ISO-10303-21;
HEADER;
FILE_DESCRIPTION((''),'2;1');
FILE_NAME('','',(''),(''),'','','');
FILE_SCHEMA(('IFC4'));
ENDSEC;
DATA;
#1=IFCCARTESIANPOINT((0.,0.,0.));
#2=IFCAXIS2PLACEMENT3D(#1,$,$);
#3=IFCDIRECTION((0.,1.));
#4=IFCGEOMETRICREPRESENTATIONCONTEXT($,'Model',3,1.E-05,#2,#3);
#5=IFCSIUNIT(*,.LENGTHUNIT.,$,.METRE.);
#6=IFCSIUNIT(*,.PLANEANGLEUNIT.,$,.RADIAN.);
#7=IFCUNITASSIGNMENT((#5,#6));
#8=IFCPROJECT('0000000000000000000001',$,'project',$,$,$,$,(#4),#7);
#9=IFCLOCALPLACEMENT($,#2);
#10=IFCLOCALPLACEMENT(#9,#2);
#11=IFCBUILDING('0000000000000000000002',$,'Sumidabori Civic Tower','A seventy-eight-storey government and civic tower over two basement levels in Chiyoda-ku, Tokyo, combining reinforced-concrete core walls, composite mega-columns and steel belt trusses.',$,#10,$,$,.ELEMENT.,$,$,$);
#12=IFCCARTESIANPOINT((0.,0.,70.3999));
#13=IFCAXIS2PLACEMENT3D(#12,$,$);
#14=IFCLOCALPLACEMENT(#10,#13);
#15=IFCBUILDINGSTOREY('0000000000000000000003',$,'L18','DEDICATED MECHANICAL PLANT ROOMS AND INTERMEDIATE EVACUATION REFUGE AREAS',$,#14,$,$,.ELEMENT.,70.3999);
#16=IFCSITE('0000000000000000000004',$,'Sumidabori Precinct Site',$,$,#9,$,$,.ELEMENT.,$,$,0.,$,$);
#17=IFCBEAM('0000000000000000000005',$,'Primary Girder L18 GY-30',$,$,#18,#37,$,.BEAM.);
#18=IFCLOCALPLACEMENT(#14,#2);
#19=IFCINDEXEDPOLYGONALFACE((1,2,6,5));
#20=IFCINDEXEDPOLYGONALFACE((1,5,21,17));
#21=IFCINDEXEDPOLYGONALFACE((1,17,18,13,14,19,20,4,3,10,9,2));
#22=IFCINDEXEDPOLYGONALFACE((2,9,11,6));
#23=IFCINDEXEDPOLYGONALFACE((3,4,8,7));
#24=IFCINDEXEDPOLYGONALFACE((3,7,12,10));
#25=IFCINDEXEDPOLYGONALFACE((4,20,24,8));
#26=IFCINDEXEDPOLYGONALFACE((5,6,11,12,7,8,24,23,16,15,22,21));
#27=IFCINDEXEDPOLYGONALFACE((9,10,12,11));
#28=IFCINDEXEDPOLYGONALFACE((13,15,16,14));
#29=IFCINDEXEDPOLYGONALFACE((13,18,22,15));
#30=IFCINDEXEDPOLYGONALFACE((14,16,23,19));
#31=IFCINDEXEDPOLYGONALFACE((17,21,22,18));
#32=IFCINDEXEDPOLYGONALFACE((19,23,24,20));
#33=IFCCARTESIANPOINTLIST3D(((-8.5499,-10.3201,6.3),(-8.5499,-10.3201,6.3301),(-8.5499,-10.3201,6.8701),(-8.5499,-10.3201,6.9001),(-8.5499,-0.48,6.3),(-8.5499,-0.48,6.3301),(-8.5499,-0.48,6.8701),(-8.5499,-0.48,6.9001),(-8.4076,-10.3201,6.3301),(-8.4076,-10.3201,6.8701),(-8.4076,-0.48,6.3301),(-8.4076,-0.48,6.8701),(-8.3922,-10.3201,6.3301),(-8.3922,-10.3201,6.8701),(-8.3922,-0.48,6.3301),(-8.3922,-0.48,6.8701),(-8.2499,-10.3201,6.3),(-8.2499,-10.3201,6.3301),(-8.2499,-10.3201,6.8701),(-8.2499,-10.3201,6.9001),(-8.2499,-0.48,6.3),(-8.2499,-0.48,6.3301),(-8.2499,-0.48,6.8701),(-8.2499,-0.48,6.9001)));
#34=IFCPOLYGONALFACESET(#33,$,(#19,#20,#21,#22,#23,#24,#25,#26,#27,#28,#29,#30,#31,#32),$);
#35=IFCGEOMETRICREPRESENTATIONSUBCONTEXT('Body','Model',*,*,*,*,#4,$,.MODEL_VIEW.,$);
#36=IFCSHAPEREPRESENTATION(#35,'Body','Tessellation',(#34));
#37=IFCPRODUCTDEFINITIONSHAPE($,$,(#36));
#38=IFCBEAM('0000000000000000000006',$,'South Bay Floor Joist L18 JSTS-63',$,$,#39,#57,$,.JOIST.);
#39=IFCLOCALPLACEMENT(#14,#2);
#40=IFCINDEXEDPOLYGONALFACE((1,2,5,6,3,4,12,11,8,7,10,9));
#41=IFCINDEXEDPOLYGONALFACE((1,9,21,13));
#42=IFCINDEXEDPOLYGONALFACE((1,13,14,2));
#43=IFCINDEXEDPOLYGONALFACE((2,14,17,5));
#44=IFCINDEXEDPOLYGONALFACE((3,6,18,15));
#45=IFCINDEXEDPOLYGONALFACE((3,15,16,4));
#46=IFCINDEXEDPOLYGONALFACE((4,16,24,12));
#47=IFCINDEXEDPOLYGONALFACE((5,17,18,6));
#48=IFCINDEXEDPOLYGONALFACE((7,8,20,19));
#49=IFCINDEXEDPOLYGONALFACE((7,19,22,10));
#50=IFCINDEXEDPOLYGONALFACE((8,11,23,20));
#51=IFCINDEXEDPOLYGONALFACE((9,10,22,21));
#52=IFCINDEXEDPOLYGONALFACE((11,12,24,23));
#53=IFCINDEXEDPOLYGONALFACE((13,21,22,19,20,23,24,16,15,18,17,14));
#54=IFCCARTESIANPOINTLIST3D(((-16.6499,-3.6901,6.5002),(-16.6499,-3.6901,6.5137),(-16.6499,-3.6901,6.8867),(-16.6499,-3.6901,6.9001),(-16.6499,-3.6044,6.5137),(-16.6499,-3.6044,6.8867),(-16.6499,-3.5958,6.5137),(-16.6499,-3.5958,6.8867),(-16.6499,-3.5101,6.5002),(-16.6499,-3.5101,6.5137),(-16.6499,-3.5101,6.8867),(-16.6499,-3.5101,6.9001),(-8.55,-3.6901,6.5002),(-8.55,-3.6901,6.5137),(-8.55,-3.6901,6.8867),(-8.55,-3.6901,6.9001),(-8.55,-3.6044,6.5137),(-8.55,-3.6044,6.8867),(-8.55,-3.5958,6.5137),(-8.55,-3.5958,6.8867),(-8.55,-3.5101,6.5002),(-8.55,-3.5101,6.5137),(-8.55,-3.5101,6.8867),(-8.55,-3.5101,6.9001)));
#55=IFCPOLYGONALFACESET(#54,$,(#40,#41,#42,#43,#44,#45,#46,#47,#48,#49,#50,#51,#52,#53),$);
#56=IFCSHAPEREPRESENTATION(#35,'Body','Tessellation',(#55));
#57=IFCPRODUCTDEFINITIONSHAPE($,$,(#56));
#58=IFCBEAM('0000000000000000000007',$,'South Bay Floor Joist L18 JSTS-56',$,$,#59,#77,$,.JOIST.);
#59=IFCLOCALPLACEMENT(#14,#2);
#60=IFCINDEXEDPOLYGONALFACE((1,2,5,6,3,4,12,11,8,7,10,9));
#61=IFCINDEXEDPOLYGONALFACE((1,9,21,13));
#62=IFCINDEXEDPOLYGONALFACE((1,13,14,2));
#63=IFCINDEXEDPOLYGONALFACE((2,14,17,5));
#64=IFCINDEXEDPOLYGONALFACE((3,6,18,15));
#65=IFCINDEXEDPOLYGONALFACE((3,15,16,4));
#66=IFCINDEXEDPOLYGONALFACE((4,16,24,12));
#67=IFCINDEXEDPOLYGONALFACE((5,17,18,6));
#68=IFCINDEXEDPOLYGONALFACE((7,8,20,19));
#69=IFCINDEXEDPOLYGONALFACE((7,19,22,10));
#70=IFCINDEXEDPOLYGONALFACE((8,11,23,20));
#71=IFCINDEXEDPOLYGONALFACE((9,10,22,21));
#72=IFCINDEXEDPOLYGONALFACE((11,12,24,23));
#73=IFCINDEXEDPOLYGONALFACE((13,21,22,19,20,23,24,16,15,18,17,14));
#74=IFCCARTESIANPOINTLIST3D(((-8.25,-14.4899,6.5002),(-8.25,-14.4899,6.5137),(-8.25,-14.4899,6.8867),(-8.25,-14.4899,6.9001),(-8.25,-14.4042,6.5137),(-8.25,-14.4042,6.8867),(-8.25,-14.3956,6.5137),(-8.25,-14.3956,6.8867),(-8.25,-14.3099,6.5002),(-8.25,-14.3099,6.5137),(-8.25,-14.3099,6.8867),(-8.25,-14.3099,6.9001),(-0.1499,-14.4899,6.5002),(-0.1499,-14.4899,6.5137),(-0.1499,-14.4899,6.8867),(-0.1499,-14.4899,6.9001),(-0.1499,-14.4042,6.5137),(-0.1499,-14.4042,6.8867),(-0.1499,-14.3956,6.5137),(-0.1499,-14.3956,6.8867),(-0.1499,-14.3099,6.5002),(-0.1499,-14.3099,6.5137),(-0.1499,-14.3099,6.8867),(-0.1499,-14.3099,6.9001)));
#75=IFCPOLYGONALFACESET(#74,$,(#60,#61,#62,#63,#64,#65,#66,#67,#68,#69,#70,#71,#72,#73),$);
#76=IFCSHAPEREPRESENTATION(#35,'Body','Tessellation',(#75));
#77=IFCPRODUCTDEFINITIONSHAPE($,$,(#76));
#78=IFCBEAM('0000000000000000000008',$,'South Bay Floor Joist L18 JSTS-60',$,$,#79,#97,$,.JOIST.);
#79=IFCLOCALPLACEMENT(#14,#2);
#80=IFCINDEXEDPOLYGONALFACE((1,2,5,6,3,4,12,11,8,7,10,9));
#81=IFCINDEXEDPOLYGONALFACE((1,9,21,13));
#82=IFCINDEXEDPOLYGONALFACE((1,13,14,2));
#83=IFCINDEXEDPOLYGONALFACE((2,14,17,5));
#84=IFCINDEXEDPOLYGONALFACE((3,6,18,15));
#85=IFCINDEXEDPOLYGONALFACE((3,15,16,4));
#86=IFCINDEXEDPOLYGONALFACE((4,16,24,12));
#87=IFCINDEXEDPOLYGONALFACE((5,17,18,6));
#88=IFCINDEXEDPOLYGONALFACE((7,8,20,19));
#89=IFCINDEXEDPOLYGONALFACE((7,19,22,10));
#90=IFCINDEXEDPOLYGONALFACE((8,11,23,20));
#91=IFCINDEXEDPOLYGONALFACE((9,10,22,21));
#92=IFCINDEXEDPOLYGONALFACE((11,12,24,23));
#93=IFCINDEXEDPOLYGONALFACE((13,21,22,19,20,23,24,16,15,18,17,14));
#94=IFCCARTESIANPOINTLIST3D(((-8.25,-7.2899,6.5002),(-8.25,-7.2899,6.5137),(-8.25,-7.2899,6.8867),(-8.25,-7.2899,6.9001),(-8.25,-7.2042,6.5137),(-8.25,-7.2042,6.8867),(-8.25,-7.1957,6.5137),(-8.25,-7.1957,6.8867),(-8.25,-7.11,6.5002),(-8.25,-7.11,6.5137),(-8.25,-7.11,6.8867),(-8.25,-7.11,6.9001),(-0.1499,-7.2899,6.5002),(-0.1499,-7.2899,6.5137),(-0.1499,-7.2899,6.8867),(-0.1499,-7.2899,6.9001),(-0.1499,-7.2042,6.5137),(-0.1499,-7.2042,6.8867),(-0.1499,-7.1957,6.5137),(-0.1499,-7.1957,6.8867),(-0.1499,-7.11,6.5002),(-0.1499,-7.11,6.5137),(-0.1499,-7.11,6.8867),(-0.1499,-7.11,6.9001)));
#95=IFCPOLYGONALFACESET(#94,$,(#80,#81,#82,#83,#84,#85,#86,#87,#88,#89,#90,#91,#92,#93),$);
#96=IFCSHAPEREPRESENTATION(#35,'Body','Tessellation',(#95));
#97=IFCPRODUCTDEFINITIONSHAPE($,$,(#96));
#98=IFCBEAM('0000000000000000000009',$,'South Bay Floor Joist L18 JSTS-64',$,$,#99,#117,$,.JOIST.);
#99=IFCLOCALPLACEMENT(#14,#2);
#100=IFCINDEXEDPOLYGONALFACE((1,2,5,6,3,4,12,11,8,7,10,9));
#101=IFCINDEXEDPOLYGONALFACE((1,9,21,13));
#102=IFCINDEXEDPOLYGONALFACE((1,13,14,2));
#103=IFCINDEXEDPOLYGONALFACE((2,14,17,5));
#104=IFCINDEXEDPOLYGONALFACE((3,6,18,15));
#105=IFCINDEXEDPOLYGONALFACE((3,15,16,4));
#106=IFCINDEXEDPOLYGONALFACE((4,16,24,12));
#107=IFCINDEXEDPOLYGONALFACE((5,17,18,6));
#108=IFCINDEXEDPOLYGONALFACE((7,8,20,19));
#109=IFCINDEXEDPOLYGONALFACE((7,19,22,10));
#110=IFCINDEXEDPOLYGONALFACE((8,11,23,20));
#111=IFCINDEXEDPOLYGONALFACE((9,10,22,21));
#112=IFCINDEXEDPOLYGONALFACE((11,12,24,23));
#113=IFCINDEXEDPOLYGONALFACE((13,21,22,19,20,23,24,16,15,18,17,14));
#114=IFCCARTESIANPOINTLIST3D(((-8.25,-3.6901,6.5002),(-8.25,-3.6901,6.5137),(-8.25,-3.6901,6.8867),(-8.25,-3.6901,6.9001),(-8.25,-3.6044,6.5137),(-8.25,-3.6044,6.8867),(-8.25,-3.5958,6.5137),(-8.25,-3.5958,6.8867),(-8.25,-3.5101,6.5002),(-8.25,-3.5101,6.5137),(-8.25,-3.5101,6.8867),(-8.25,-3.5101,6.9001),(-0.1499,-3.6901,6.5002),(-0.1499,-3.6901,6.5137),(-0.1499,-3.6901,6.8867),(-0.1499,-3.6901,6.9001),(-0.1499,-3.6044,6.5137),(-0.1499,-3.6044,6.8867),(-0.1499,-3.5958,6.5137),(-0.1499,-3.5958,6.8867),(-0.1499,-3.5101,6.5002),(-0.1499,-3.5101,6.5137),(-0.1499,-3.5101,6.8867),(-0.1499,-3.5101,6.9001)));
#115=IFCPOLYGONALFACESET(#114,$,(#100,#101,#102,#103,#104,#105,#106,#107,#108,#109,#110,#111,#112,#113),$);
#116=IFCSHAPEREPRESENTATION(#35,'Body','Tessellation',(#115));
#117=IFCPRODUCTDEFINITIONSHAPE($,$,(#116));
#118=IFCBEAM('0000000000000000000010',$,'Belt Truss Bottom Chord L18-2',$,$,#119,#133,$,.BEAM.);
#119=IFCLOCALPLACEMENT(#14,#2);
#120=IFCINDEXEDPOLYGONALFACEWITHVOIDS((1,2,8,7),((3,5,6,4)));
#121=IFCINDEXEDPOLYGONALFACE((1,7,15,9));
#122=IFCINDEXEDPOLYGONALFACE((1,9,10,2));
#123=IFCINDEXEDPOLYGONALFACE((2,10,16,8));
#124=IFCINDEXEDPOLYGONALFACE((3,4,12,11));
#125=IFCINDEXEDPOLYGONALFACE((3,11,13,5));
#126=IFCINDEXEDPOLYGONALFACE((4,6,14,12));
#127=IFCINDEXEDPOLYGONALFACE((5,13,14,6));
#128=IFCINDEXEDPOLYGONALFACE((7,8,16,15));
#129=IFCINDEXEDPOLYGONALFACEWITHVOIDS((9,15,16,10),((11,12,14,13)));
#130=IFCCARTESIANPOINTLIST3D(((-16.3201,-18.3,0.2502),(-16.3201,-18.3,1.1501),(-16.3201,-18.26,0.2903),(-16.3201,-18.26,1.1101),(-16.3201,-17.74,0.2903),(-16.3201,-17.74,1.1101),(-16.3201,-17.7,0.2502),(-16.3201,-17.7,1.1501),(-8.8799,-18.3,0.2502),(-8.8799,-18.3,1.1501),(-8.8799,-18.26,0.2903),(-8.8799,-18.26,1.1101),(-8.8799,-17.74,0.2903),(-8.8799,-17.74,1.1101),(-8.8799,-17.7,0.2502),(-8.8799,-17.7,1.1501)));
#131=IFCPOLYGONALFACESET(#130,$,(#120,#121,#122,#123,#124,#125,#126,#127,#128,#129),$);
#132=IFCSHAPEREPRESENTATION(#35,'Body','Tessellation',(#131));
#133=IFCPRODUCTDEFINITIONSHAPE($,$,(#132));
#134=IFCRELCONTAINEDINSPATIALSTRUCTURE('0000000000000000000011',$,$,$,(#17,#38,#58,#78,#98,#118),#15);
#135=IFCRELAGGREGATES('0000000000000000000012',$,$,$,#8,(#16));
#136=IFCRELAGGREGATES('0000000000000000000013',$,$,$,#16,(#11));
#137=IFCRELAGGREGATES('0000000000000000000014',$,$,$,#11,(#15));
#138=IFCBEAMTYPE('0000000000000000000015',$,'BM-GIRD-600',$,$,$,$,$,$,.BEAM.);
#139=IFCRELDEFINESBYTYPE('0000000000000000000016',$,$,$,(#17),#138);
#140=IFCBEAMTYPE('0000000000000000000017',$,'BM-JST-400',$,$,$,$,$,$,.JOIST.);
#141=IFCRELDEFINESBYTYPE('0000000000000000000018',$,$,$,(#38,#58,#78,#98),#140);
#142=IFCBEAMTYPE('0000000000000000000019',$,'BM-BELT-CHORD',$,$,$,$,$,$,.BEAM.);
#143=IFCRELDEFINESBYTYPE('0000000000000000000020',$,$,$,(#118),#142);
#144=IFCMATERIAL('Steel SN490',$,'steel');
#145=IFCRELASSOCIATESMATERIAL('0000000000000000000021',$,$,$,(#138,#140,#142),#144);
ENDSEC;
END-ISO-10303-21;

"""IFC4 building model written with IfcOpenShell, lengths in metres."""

from ifc_helpers import new_model, si_unit, direction, frame, origin, origin_2d, place, context, subcontext, project, spatial, hollow_rectangle, i_section, extrude, source, transform, mapped, material, material_profile, profile_set, type_object, element, save


model = new_model("IFC4")

# Units and contexts
model_context = context("Model", 3, precision=1e-05, world=origin(), true_north=direction((0.0, 1.0)))
body_context = subcontext(model_context, "Body", "Model", "MODEL_VIEW")
ifc_project = project(units=[si_unit("LENGTHUNIT", "METRE"), si_unit("PLANEANGLEUNIT", "RADIAN")], contexts=[model_context])

# Site, building, storey
site_placement = place(None, origin())
site = spatial("IfcSite", under=ifc_project, at=site_placement, Name="Sumidabori Precinct Site", CompositionType="ELEMENT", RefElevation=0.0)
building_placement = place(site_placement, origin())
building = spatial("IfcBuilding", under=site, at=building_placement, Name="Sumidabori Civic Tower", Description="A seventy-eight-storey government and civic tower over two basement levels in Chiyoda-ku, Tokyo, combining reinforced-concrete core walls, composite mega-columns and steel belt trusses.", CompositionType="ELEMENT")
storey_placement = place(building_placement, frame((0.0, 0.0, 70.3999)))
storey = spatial("IfcBuildingStorey", under=building, at=storey_placement, Name="L18", Description="DEDICATED MECHANICAL PLANT ROOMS AND INTERMEDIATE EVACUATION REFUGE AREAS", CompositionType="ELEMENT", Elevation=70.3999)

# Beams
ifc_material_1 = material(Name="Steel SN490", Category="steel")
ifc_material_profile_1 = material_profile(ifc_material_1, i_section(OverallWidth=0.3, OverallDepth=0.6001, WebThickness=0.0154, FlangeThickness=0.03, at=origin_2d()), Name="HE 600 B")
ifc_profile_set_1 = profile_set([ifc_material_profile_1], Name="Steel SN490")
beam_type_1 = type_object("IfcBeamType", Name="BM-GIRD-600", PredefinedType="BEAM", material=ifc_profile_set_1)
shared_shape_1 = source(origin(), body_context, "Body", "SweptSolid", [
    extrude(i_section(OverallWidth=0.3, OverallDepth=0.6001, WebThickness=0.0154, FlangeThickness=0.03, at=origin_2d()), origin(), (0.0, 0.0, 1.0), 9.8401),
])
beam_1_placement = place(storey_placement, frame((-8.3999, -10.3201, 6.6001), z_axis=(0.0, 1.0, 0.0), x_axis=(-1.0, 0.0, 0.0)))
element("IfcBeam", 1, at=beam_1_placement, inside=storey, type_object=beam_type_1, Name="Primary Girder L18 GY-30", PredefinedType="BEAM", context=body_context, shape_type="MappedRepresentation", body=[
    mapped(shared_shape_1, transform((0.0, 0.0, 0.0), x_axis=(1.0, 0.0, 0.0), y_axis=(0.0, 1.0, 0.0), z_axis=(0.0, 0.0, 1.0), scale=1.0)),
])
ifc_material_profile_2 = material_profile(ifc_material_1, i_section(OverallWidth=0.1799, OverallDepth=0.3999, WebThickness=0.0085, FlangeThickness=0.0134, at=origin_2d()), Name="IPE 400")
ifc_profile_set_2 = profile_set([ifc_material_profile_2], Name="Steel SN490")
beam_type_2 = type_object("IfcBeamType", Name="BM-JST-400", PredefinedType="JOIST", material=ifc_profile_set_2)
shared_shape_2 = source(origin(), body_context, "Body", "SweptSolid", [
    extrude(i_section(OverallWidth=0.1799, OverallDepth=0.3999, WebThickness=0.0085, FlangeThickness=0.0134, at=origin_2d()), origin(), (0.0, 0.0, 1.0), 8.0999),
])
beam_2_placement = place(storey_placement, frame((-16.6499, -3.6001, 6.7002), z_axis=(1.0, 0.0, 0.0), x_axis=(0.0, 1.0, 0.0)))
element("IfcBeam", 2, at=beam_2_placement, inside=storey, type_object=beam_type_2, Name="South Bay Floor Joist L18 JSTS-63", PredefinedType="JOIST", context=body_context, shape_type="MappedRepresentation", body=[
    mapped(shared_shape_2, transform((0.0, 0.0, 0.0), x_axis=(1.0, 0.0, 0.0), y_axis=(0.0, 1.0, 0.0), z_axis=(0.0, 0.0, 1.0), scale=1.0)),
])
shared_shape_3 = source(origin(), body_context, "Body", "SweptSolid", [
    extrude(i_section(OverallWidth=0.1799, OverallDepth=0.3999, WebThickness=0.0085, FlangeThickness=0.0134, at=origin_2d()), origin(), (0.0, 0.0, 1.0), 8.1001),
])
for number, where, z_axis, x_axis, name in (
    (3, (-8.25, -14.3999, 6.7002), (1.0, 0.0, 0.0), (0.0, 1.0, 0.0), "South Bay Floor Joist L18 JSTS-56"),
    (4, (-8.25, -7.2, 6.7002), (1.0, 0.0, 0.0), (0.0, 1.0, 0.0), "South Bay Floor Joist L18 JSTS-60"),
    (5, (-8.25, -3.6001, 6.7002), (1.0, 0.0, 0.0), (0.0, 1.0, 0.0), "South Bay Floor Joist L18 JSTS-64"),
):
    element("IfcBeam", number, at=place(storey_placement, frame(where, z_axis=z_axis, x_axis=x_axis)), inside=storey, type_object=beam_type_2, Name=name, PredefinedType="JOIST", context=body_context, shape_type="MappedRepresentation", body=[
        mapped(shared_shape_3, transform((0.0, 0.0, 0.0), x_axis=(1.0, 0.0, 0.0), y_axis=(0.0, 1.0, 0.0), z_axis=(0.0, 0.0, 1.0), scale=1.0)),
    ])
ifc_material_profile_3 = material_profile(ifc_material_1, hollow_rectangle(XDim=0.6001, YDim=0.8999, WallThickness=0.04, at=origin_2d()), Name="RHS 900x600x40")
ifc_profile_set_3 = profile_set([ifc_material_profile_3], Name="Steel SN490")
beam_type_3 = type_object("IfcBeamType", Name="BM-BELT-CHORD", PredefinedType="BEAM", material=ifc_profile_set_3)
shared_shape_4 = source(origin(), body_context, "Body", "SweptSolid", [
    extrude(hollow_rectangle(XDim=0.6001, YDim=0.8999, WallThickness=0.04, at=origin_2d()), origin(), (0.0, 0.0, 1.0), 7.4402),
])
beam_3_placement = place(storey_placement, frame((-16.3201, -18.0, 0.7002), z_axis=(1.0, 0.0, 0.0), x_axis=(0.0, 1.0, 0.0)))
element("IfcBeam", 6, at=beam_3_placement, inside=storey, type_object=beam_type_3, Name="Belt Truss Bottom Chord L18-2", PredefinedType="BEAM", context=body_context, shape_type="MappedRepresentation", body=[
    mapped(shared_shape_4, transform((0.0, 0.0, 0.0), x_axis=(1.0, 0.0, 0.0), y_axis=(0.0, 1.0, 0.0), z_axis=(0.0, 0.0, 1.0), scale=1.0)),
])

save(model, "model.ifc")
